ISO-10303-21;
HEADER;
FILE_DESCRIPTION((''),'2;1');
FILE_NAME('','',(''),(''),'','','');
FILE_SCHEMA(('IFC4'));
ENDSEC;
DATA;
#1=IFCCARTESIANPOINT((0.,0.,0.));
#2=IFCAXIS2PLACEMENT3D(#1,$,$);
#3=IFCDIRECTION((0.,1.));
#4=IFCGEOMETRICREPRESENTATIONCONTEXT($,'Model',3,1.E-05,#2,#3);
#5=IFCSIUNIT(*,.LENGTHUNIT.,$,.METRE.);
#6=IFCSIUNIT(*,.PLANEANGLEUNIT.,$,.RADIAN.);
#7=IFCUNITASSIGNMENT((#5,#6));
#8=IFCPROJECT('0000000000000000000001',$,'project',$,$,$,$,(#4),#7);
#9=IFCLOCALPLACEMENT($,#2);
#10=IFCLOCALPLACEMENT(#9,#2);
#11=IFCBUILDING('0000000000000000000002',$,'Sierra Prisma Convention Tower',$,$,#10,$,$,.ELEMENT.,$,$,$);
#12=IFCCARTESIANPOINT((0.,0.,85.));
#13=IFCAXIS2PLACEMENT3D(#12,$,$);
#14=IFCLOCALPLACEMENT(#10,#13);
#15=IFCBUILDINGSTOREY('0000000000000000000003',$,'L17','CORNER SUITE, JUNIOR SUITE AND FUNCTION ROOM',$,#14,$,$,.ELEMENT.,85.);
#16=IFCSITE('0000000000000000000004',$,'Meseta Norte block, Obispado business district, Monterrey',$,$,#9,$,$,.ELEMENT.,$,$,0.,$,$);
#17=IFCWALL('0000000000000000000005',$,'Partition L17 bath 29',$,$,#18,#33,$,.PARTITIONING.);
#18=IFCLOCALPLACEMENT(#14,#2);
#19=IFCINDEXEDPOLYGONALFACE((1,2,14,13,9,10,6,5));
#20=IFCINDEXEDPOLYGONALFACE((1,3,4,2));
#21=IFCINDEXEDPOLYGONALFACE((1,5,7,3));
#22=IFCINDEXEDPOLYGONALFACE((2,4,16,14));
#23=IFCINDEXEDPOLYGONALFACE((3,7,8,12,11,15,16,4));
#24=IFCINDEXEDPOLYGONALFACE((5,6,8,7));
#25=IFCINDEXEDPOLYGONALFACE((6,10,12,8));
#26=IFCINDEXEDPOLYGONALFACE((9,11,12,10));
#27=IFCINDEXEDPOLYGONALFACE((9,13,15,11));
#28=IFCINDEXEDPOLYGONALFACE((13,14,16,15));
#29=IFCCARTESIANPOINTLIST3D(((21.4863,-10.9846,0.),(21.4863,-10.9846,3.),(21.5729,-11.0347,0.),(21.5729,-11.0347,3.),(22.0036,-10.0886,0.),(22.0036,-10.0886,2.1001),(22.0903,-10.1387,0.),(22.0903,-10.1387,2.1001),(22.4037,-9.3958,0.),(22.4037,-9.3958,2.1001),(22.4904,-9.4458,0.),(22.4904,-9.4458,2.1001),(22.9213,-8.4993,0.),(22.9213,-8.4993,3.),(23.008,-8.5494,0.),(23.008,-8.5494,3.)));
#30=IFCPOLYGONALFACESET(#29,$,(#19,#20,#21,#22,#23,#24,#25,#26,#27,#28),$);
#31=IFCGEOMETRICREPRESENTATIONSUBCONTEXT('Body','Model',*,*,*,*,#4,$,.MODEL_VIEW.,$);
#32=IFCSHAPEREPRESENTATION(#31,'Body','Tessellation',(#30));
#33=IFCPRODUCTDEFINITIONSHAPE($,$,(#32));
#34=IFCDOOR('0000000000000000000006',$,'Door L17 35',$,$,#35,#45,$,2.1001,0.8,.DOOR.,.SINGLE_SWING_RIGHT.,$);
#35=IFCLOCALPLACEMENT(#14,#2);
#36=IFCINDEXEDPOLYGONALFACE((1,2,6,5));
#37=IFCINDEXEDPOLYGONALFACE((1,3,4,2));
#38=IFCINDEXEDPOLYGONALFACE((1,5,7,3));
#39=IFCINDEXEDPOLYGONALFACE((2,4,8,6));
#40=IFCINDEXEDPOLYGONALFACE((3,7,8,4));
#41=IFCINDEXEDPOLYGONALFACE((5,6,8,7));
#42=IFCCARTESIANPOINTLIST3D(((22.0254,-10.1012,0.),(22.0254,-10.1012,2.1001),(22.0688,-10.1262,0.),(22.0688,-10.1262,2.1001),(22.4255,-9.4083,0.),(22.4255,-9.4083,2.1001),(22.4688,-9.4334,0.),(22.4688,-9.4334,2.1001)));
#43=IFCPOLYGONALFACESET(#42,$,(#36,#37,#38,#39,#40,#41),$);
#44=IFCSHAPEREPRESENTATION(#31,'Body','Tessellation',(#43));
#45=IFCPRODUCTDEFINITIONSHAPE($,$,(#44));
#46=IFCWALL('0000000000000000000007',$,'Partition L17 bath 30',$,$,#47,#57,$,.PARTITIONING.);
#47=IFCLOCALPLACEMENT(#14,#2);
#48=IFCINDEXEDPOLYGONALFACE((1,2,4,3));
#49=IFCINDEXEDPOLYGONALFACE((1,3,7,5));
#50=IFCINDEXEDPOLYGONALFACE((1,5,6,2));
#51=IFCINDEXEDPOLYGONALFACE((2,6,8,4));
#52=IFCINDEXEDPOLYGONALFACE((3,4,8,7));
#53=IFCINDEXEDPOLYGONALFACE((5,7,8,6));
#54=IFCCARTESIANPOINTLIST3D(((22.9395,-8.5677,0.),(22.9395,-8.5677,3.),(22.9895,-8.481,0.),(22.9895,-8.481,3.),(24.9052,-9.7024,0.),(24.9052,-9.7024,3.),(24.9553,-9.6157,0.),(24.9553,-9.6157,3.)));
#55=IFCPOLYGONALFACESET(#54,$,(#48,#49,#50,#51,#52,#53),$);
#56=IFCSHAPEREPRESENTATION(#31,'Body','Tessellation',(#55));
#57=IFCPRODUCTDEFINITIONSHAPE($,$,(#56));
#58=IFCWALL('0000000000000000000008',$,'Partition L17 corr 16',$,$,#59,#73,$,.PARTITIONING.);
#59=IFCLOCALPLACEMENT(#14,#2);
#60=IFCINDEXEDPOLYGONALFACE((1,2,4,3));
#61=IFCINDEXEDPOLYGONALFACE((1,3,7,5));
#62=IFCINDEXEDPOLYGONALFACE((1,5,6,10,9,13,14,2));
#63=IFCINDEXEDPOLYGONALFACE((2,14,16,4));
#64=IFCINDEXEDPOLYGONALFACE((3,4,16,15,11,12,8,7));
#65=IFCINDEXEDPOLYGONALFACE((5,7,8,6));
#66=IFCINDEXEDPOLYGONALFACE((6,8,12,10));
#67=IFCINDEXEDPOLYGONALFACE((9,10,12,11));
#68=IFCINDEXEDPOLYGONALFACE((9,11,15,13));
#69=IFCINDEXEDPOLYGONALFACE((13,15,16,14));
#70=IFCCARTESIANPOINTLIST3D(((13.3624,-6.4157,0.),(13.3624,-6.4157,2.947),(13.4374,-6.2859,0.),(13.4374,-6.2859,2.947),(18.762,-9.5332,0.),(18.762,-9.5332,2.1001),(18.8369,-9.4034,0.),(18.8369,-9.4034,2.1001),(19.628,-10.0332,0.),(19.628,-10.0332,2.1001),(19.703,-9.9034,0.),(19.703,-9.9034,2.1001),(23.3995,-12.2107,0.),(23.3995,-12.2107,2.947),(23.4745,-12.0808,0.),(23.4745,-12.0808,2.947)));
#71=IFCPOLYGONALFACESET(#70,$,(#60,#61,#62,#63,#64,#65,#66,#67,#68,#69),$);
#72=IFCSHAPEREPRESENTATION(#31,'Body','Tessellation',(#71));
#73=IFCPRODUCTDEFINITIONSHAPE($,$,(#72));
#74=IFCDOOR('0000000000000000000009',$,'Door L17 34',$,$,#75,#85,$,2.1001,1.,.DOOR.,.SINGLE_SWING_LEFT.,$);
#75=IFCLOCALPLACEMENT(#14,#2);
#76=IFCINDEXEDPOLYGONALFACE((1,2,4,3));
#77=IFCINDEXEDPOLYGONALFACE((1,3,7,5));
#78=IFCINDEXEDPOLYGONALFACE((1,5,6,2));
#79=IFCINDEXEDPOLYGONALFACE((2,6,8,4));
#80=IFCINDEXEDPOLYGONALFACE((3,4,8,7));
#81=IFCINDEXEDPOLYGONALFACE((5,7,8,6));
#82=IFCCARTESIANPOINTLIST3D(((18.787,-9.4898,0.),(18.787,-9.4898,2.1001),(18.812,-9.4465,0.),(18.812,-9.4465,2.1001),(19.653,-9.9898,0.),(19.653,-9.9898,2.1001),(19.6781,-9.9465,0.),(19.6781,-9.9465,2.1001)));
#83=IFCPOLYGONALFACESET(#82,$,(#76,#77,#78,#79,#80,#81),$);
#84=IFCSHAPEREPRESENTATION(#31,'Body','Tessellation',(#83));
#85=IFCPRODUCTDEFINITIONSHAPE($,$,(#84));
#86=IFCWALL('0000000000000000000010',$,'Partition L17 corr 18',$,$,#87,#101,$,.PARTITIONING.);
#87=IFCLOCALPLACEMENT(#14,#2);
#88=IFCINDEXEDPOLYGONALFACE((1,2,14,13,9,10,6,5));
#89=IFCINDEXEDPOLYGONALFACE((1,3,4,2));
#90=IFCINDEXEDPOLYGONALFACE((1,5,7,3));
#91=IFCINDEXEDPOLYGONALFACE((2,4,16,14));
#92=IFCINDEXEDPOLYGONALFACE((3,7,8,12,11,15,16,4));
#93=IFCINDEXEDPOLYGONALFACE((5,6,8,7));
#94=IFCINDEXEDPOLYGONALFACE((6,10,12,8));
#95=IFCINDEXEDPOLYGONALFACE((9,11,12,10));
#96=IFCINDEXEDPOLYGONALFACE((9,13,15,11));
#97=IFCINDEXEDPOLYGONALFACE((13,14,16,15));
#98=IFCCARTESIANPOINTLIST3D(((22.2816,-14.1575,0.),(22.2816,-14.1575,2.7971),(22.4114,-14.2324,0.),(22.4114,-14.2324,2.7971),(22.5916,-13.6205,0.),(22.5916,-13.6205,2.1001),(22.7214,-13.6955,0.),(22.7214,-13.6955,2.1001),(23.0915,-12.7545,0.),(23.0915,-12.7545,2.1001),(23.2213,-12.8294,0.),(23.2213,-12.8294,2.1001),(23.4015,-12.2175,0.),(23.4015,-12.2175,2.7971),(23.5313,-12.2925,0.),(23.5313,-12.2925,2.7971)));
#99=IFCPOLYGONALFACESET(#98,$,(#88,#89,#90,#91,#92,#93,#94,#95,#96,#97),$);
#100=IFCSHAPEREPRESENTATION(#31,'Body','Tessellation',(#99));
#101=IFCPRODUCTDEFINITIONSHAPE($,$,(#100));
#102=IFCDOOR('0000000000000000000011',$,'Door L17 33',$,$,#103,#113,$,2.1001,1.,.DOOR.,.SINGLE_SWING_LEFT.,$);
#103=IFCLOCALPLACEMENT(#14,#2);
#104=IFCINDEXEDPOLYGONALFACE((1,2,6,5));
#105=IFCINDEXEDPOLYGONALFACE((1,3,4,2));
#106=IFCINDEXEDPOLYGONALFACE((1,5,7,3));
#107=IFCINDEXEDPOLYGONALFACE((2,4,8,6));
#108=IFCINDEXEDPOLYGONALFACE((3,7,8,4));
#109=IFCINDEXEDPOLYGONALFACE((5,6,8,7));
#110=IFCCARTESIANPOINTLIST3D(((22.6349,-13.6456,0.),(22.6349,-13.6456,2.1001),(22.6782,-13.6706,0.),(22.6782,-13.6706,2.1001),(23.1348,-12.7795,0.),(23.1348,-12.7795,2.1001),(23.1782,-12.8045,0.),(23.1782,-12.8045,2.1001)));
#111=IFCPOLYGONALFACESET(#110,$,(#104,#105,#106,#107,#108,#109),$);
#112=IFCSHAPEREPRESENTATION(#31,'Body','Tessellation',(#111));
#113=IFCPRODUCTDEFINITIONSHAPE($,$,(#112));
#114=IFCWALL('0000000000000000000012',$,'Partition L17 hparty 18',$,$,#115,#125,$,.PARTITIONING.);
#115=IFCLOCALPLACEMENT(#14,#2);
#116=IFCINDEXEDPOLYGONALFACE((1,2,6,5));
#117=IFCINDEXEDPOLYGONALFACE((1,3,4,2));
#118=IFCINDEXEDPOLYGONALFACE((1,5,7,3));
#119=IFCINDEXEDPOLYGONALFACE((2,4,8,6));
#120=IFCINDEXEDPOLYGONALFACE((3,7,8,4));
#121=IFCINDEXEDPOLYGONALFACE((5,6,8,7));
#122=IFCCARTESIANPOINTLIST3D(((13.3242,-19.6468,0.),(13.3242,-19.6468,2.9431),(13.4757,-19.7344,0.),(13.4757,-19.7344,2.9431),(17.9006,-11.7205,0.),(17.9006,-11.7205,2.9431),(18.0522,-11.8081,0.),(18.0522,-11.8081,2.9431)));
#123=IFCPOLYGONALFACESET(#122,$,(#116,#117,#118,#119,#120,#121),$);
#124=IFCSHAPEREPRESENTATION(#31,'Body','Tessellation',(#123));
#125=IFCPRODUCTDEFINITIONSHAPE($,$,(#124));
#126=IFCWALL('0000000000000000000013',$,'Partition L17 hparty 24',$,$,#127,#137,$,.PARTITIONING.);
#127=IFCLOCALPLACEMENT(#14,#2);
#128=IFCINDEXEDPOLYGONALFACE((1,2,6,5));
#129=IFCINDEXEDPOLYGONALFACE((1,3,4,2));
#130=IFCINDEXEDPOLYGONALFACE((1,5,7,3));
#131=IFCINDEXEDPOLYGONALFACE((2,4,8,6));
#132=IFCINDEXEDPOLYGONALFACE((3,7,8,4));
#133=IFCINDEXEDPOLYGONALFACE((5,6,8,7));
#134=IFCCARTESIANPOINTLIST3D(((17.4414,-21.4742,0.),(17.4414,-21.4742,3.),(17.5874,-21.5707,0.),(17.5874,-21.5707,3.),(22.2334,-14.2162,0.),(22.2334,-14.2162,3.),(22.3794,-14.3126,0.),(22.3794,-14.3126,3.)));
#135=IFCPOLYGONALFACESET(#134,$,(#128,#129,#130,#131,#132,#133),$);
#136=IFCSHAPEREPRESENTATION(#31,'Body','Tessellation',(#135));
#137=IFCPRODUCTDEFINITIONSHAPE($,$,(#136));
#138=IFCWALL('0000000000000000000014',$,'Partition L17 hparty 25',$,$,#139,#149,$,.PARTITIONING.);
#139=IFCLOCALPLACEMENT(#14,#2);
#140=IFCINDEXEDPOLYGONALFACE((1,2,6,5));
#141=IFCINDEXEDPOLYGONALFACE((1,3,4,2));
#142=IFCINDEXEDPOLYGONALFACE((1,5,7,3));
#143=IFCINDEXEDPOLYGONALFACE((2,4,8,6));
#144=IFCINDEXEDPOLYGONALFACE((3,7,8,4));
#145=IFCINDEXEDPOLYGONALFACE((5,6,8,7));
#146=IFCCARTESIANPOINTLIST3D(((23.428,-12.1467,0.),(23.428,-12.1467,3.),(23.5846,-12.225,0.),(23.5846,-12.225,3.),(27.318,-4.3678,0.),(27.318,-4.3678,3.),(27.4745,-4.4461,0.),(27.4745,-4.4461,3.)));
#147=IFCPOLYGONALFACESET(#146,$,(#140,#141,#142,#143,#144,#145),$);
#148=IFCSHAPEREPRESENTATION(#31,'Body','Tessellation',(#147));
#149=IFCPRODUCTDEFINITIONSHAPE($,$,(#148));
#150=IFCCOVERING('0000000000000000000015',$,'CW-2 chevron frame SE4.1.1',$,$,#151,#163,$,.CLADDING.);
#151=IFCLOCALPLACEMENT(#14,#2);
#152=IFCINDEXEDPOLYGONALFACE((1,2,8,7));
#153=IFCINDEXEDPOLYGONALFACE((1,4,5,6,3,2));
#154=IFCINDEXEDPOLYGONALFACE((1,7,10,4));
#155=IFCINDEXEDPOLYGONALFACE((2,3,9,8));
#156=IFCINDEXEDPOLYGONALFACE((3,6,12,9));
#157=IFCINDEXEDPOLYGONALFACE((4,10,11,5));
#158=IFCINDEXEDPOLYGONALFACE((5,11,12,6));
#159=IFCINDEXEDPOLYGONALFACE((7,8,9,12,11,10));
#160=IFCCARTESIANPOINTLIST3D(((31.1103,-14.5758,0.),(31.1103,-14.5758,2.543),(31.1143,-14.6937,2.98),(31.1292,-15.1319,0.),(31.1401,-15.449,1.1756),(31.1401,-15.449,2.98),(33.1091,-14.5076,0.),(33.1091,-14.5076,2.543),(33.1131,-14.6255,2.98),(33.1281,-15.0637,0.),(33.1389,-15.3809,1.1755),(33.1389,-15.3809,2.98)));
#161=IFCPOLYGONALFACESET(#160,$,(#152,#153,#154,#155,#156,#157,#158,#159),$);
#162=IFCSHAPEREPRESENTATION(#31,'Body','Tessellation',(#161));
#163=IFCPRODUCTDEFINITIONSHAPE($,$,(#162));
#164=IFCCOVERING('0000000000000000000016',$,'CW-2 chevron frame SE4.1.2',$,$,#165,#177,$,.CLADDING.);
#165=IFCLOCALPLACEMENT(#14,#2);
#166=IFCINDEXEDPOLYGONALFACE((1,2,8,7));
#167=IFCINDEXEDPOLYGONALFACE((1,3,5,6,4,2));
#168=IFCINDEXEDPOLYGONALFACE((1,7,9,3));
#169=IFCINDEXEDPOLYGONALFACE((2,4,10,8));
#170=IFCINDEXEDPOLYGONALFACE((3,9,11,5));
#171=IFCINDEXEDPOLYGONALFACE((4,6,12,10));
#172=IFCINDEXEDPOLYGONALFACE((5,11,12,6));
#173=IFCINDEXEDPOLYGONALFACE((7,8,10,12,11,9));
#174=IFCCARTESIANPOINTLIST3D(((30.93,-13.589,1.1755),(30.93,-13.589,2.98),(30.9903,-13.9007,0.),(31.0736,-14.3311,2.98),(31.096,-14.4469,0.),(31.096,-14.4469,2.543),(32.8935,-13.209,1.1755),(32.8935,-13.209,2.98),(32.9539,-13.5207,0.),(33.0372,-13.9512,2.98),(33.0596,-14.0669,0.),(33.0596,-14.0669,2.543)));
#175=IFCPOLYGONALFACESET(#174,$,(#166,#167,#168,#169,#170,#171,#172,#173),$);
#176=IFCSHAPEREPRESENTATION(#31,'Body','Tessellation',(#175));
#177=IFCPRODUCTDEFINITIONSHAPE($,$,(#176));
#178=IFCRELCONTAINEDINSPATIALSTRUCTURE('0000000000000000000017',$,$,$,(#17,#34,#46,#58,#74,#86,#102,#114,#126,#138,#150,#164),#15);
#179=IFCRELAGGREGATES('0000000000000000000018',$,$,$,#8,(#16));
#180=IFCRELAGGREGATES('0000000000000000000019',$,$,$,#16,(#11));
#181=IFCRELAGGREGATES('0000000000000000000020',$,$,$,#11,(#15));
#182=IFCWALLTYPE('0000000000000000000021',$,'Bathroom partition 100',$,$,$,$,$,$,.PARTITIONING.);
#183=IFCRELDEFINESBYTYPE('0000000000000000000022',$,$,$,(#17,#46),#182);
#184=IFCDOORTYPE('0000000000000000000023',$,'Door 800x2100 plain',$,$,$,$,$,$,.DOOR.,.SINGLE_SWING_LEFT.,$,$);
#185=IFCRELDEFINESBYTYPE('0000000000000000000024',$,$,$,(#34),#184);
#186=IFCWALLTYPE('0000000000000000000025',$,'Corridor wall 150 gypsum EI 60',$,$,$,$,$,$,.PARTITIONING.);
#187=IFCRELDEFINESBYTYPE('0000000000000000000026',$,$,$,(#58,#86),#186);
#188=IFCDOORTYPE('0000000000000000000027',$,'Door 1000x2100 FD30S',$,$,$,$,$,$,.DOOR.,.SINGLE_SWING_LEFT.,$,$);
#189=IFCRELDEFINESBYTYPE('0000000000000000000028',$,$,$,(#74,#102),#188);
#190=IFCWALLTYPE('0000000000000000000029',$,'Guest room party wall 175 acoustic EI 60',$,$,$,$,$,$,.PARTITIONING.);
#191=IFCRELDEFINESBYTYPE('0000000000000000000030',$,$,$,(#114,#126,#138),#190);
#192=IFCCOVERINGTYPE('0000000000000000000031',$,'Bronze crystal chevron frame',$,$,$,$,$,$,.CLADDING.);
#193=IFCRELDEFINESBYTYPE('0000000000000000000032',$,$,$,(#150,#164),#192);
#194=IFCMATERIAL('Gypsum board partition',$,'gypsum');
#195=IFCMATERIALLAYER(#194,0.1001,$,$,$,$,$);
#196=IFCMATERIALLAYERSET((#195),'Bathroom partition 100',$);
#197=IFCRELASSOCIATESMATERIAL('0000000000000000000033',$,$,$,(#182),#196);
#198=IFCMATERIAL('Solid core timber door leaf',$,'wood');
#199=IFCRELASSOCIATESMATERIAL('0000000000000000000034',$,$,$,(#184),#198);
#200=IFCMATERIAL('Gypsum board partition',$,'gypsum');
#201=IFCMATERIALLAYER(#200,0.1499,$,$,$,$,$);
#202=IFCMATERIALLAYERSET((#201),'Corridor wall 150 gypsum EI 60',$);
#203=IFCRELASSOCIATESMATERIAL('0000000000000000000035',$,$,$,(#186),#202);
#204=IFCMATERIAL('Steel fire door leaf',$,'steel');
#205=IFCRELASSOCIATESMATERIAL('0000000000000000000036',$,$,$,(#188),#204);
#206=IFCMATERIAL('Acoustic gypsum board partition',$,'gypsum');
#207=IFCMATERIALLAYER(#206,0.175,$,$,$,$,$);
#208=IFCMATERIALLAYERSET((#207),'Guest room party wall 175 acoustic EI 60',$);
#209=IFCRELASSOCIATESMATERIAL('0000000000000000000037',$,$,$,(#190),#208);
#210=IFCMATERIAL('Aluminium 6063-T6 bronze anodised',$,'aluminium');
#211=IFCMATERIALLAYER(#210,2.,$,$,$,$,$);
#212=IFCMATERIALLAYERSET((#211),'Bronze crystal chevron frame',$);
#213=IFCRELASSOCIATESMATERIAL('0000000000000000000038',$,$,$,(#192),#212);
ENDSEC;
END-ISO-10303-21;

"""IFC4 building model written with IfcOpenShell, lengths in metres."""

from ifc_helpers import new_model, si_unit, direction, frame, frame_2d, origin, place, context, subcontext, project, spatial, polyline, rectangle, outline, extrude, material, layer, layer_set, type_object, element, fill, save


model = new_model("IFC4")

# Units and contexts
model_context = context("Model", 3, precision=1e-05, world=origin(), true_north=direction((0.0, 1.0)))
body_context = subcontext(model_context, "Body", "Model", "MODEL_VIEW")
ifc_project = project(units=[si_unit("LENGTHUNIT", "METRE"), si_unit("PLANEANGLEUNIT", "RADIAN")], contexts=[model_context])

# Site, building, storey
site_placement = place(None, origin())
site = spatial("IfcSite", under=ifc_project, at=site_placement, Name="Meseta Norte block, Obispado business district, Monterrey", CompositionType="ELEMENT", RefElevation=0.0)
building_placement = place(site_placement, origin())
building = spatial("IfcBuilding", under=site, at=building_placement, Name="Sierra Prisma Convention Tower", CompositionType="ELEMENT")
storey_placement = place(building_placement, frame((0.0, 0.0, 85.0)))
storey = spatial("IfcBuildingStorey", under=building, at=storey_placement, Name="L17", Description="CORNER SUITE, JUNIOR SUITE AND FUNCTION ROOM", CompositionType="ELEMENT", Elevation=85.0)

# Shared definitions
ifc_material_1 = material(Name="Gypsum board partition", Category="gypsum")
ifc_layer_1 = layer(ifc_material_1, 0.1001)
ifc_layer_set_1 = layer_set([ifc_layer_1], Name="Bathroom partition 100")
wall_type_1 = type_object("IfcWallType", Name="Bathroom partition 100", PredefinedType="PARTITIONING", material=ifc_layer_set_1)
ifc_material_2 = material(Name="Solid core timber door leaf", Category="wood")
door_type_1 = type_object("IfcDoorType", Name="Door 800x2100 plain", OperationType="SINGLE_SWING_LEFT", PredefinedType="DOOR", material=ifc_material_2)

# Wall, opening, door
wall_1_placement = place(storey_placement, frame((21.5295, -11.0098, 0.0), z_axis=(0.0, 0.0, 1.0), x_axis=(0.500037, 0.866004, 0.0)))
wall_1 = element("IfcWall", 1, at=wall_1_placement, inside=storey, type_object=wall_type_1, Name="Partition L17 bath 29", PredefinedType="PARTITIONING", context=body_context, shape_type="SweptSolid", body=[
    extrude(rectangle(XDim=2.8699, YDim=0.1001, at=frame_2d((1.4351, 0.0))), origin(), (0.0, 0.0, 1.0), 3.0),
])
opening_1_placement = place(wall_1_placement, frame((1.0349, 0.0, 0.0)))
opening_1 = element("IfcOpeningElement", 2, at=opening_1_placement, cuts=wall_1, PredefinedType="OPENING", context=body_context, shape_type="SweptSolid", body=[
    extrude(rectangle(XDim=0.8, YDim=2.1001, at=frame_2d((0.3999, 1.05))), frame((0.0, 0.05, 0.0), z_axis=(0.0, -1.0, 0.0), x_axis=(1.0, 0.0, 0.0)), (0.0, 0.0, 1.0), 0.1001),
])
door_1_placement = place(opening_1_placement, origin())
door_1 = element("IfcDoor", 3, at=door_1_placement, inside=storey, type_object=door_type_1, Name="Door L17 35", OperationType="SINGLE_SWING_RIGHT", OverallHeight=2.1001, OverallWidth=0.8, PredefinedType="DOOR", context=body_context, shape_type="SweptSolid", body=[
    extrude(rectangle(XDim=0.8, YDim=2.1001, at=frame_2d((0.3999, 1.05))), frame((0.0, 0.0249, 0.0), z_axis=(0.0, -1.0, 0.0), x_axis=(1.0, 0.0, 0.0)), (0.0, 0.0, 1.0), 0.05),
])
fill(opening_1, door_1)

# Wall
wall_2_placement = place(storey_placement, frame((22.9646, -8.5244, 0.0), z_axis=(0.0, 0.0, 1.0), x_axis=(0.866064, -0.499933, 0.0)))
element("IfcWall", 4, at=wall_2_placement, inside=storey, type_object=wall_type_1, Name="Partition L17 bath 30", PredefinedType="PARTITIONING", context=body_context, shape_type="SweptSolid", body=[
    extrude(rectangle(XDim=2.2698, YDim=0.1001, at=frame_2d((1.1348, 0.0))), origin(), (0.0, 0.0, 1.0), 3.0),
])

# Walls, openings, doors
ifc_material_3 = material(Name="Gypsum board partition", Category="gypsum")
ifc_layer_2 = layer(ifc_material_3, 0.1499)
ifc_layer_set_2 = layer_set([ifc_layer_2], Name="Corridor wall 150 gypsum EI 60")
wall_type_2 = type_object("IfcWallType", Name="Corridor wall 150 gypsum EI 60", PredefinedType="PARTITIONING", material=ifc_layer_set_2)
wall_3_placement = place(storey_placement, frame((23.437, -12.1458, 0.0), z_axis=(0.0, 0.0, 1.0), x_axis=(-0.866026, 0.5, 0.0)))
wall_3 = element("IfcWall", 5, at=wall_3_placement, inside=storey, type_object=wall_type_2, Name="Partition L17 corr 16", PredefinedType="PARTITIONING", context=body_context, shape_type="SweptSolid", body=[
    extrude(rectangle(XDim=11.5898, YDim=0.1499, at=frame_2d((5.7949, 0.0))), origin(), (0.0, 0.0, 1.0), 2.947),
])
opening_2_placement = place(wall_3_placement, frame((4.355, 0.0, 0.0)))
opening_2 = element("IfcOpeningElement", 6, at=opening_2_placement, cuts=wall_3, PredefinedType="OPENING", context=body_context, shape_type="SweptSolid", body=[
    extrude(rectangle(XDim=1.0, YDim=2.1001, at=frame_2d((0.5, 1.05))), frame((0.0, 0.075, 0.0), z_axis=(0.0, -1.0, 0.0), x_axis=(1.0, 0.0, 0.0)), (0.0, 0.0, 1.0), 0.1499),
])
ifc_material_4 = material(Name="Steel fire door leaf", Category="steel")
door_type_2 = type_object("IfcDoorType", Name="Door 1000x2100 FD30S", OperationType="SINGLE_SWING_LEFT", PredefinedType="DOOR", material=ifc_material_4)
door_2_placement = place(opening_2_placement, origin())
door_2 = element("IfcDoor", 7, at=door_2_placement, inside=storey, type_object=door_type_2, Name="Door L17 34", OperationType="SINGLE_SWING_LEFT", OverallHeight=2.1001, OverallWidth=1.0, PredefinedType="DOOR", context=body_context, shape_type="SweptSolid", body=[
    extrude(rectangle(XDim=1.0, YDim=2.1001, at=frame_2d((0.5, 1.05))), frame((0.0, 0.0249, 0.0), z_axis=(0.0, -1.0, 0.0), x_axis=(1.0, 0.0, 0.0)), (0.0, 0.0, 1.0), 0.05),
])
fill(opening_2, door_2)
wall_4_placement = place(storey_placement, frame((22.3464, -14.1951, 0.0), z_axis=(0.0, 0.0, 1.0), x_axis=(0.499949, 0.866055, 0.0)))
wall_4 = element("IfcWall", 8, at=wall_4_placement, inside=storey, type_object=wall_type_2, Name="Partition L17 corr 18", PredefinedType="PARTITIONING", context=body_context, shape_type="SweptSolid", body=[
    extrude(rectangle(XDim=2.24, YDim=0.1499, at=frame_2d((1.1201, 0.0))), origin(), (0.0, 0.0, 1.0), 2.7971),
])
opening_3_placement = place(wall_4_placement, frame((0.6201, 0.0, 0.0)))
opening_3 = element("IfcOpeningElement", 9, at=opening_3_placement, cuts=wall_4, PredefinedType="OPENING", context=body_context, shape_type="SweptSolid", body=[
    extrude(rectangle(XDim=1.0, YDim=2.1001, at=frame_2d((0.5, 1.05))), frame((0.0, 0.075, 0.0), z_axis=(0.0, -1.0, 0.0), x_axis=(1.0, 0.0, 0.0)), (0.0, 0.0, 1.0), 0.1499),
])
door_3_placement = place(opening_3_placement, origin())
door_3 = element("IfcDoor", 10, at=door_3_placement, inside=storey, type_object=door_type_2, Name="Door L17 33", OperationType="SINGLE_SWING_LEFT", OverallHeight=2.1001, OverallWidth=1.0, PredefinedType="DOOR", context=body_context, shape_type="SweptSolid", body=[
    extrude(rectangle(XDim=1.0, YDim=2.1001, at=frame_2d((0.5, 1.05))), frame((0.0, 0.0249, 0.0), z_axis=(0.0, -1.0, 0.0), x_axis=(1.0, 0.0, 0.0)), (0.0, 0.0, 1.0), 0.05),
])
fill(opening_3, door_3)

# Walls
ifc_material_5 = material(Name="Acoustic gypsum board partition", Category="gypsum")
ifc_layer_3 = layer(ifc_material_5, 0.175)
ifc_layer_set_3 = layer_set([ifc_layer_3], Name="Guest room party wall 175 acoustic EI 60")
wall_type_3 = type_object("IfcWallType", Name="Guest room party wall 175 acoustic EI 60", PredefinedType="PARTITIONING", material=ifc_layer_set_3)
wall_5_placement = place(storey_placement, frame((17.9763, -11.7644, 0.0), z_axis=(0.0, 0.0, 1.0), x_axis=(-0.500015, -0.866017, 0.0)))
element("IfcWall", 11, at=wall_5_placement, inside=storey, type_object=wall_type_3, Name="Partition L17 hparty 18", PredefinedType="PARTITIONING", context=body_context, shape_type="SweptSolid", body=[
    extrude(rectangle(XDim=9.1526, YDim=0.175, at=frame_2d((4.5762, 0.0))), origin(), (0.0, 0.0, 1.0), 2.9431),
])
for number, where, z_axis, x_axis, name in (
    (12, (22.3064, -14.2644, 0.0), (0.0, 0.0, 1.0), (-0.550976, -0.834521, 0.0), "Partition L17 hparty 24"),
    (13, (27.3962, -4.407, 0.0), (0.0, 0.0, 1.0), (-0.447259, -0.894405, 0.0), "Partition L17 hparty 25"),
):
    element("IfcWall", number, at=place(storey_placement, frame(where, z_axis=z_axis, x_axis=x_axis)), inside=storey, type_object=wall_type_3, Name=name, PredefinedType="PARTITIONING", context=body_context, shape_type="SweptSolid", body=[
        extrude(rectangle(XDim=8.6973, YDim=0.175, at=frame_2d((4.3486, 0.0))), origin(), (0.0, 0.0, 1.0), 3.0),
    ])

# Coverings
ifc_material_6 = material(Name="Aluminium 6063-T6 bronze anodised", Category="aluminium")
ifc_layer_4 = layer(ifc_material_6, 2.0)
ifc_layer_set_4 = layer_set([ifc_layer_4], Name="Bronze crystal chevron frame")
covering_type = type_object("IfcCoveringType", Name="Bronze crystal chevron frame", PredefinedType="CLADDING", material=ifc_layer_set_4)
covering_1_placement = place(storey_placement, frame((33.1389, -15.3809, 2.98), z_axis=(0.999419, 0.034094, -0.00001), x_axis=(-0.00001, 0.0, -1.0)))
element("IfcCovering", 14, at=covering_1_placement, inside=storey, type_object=covering_type, Name="CW-2 chevron frame SE4.1.1", PredefinedType="CLADDING", context=body_context, shape_type="SweptSolid", body=[
    extrude(outline(polyline([(0.0, 0.0), (1.8044, 0.0), (2.98, 0.3173), (2.98, 0.8738), (0.437, 0.8738), (0.0, 0.7558), (0.0, 0.0)])), origin(), (0.0, 0.0, -1.0), 2.0),
])
covering_2_placement = place(storey_placement, frame((33.0596, -14.0669, 0.0), z_axis=(0.981786, 0.189988, 0.000007), x_axis=(-0.189988, 0.981786, 0.0)))
element("IfcCovering", 15, at=covering_2_placement, inside=storey, type_object=covering_type, Name="CW-2 chevron frame SE4.1.2", PredefinedType="CLADDING", context=body_context, shape_type="SweptSolid", body=[
    extrude(outline(polyline([(0.0, 0.0), (0.5563, 0.0), (0.8738, 1.1755), (0.8738, 2.98), (0.1179, 2.98), (0.0, 2.543), (0.0, 0.0)])), origin(), (0.0, 0.0, -1.0), 2.0),
])

save(model, "model.ifc")
